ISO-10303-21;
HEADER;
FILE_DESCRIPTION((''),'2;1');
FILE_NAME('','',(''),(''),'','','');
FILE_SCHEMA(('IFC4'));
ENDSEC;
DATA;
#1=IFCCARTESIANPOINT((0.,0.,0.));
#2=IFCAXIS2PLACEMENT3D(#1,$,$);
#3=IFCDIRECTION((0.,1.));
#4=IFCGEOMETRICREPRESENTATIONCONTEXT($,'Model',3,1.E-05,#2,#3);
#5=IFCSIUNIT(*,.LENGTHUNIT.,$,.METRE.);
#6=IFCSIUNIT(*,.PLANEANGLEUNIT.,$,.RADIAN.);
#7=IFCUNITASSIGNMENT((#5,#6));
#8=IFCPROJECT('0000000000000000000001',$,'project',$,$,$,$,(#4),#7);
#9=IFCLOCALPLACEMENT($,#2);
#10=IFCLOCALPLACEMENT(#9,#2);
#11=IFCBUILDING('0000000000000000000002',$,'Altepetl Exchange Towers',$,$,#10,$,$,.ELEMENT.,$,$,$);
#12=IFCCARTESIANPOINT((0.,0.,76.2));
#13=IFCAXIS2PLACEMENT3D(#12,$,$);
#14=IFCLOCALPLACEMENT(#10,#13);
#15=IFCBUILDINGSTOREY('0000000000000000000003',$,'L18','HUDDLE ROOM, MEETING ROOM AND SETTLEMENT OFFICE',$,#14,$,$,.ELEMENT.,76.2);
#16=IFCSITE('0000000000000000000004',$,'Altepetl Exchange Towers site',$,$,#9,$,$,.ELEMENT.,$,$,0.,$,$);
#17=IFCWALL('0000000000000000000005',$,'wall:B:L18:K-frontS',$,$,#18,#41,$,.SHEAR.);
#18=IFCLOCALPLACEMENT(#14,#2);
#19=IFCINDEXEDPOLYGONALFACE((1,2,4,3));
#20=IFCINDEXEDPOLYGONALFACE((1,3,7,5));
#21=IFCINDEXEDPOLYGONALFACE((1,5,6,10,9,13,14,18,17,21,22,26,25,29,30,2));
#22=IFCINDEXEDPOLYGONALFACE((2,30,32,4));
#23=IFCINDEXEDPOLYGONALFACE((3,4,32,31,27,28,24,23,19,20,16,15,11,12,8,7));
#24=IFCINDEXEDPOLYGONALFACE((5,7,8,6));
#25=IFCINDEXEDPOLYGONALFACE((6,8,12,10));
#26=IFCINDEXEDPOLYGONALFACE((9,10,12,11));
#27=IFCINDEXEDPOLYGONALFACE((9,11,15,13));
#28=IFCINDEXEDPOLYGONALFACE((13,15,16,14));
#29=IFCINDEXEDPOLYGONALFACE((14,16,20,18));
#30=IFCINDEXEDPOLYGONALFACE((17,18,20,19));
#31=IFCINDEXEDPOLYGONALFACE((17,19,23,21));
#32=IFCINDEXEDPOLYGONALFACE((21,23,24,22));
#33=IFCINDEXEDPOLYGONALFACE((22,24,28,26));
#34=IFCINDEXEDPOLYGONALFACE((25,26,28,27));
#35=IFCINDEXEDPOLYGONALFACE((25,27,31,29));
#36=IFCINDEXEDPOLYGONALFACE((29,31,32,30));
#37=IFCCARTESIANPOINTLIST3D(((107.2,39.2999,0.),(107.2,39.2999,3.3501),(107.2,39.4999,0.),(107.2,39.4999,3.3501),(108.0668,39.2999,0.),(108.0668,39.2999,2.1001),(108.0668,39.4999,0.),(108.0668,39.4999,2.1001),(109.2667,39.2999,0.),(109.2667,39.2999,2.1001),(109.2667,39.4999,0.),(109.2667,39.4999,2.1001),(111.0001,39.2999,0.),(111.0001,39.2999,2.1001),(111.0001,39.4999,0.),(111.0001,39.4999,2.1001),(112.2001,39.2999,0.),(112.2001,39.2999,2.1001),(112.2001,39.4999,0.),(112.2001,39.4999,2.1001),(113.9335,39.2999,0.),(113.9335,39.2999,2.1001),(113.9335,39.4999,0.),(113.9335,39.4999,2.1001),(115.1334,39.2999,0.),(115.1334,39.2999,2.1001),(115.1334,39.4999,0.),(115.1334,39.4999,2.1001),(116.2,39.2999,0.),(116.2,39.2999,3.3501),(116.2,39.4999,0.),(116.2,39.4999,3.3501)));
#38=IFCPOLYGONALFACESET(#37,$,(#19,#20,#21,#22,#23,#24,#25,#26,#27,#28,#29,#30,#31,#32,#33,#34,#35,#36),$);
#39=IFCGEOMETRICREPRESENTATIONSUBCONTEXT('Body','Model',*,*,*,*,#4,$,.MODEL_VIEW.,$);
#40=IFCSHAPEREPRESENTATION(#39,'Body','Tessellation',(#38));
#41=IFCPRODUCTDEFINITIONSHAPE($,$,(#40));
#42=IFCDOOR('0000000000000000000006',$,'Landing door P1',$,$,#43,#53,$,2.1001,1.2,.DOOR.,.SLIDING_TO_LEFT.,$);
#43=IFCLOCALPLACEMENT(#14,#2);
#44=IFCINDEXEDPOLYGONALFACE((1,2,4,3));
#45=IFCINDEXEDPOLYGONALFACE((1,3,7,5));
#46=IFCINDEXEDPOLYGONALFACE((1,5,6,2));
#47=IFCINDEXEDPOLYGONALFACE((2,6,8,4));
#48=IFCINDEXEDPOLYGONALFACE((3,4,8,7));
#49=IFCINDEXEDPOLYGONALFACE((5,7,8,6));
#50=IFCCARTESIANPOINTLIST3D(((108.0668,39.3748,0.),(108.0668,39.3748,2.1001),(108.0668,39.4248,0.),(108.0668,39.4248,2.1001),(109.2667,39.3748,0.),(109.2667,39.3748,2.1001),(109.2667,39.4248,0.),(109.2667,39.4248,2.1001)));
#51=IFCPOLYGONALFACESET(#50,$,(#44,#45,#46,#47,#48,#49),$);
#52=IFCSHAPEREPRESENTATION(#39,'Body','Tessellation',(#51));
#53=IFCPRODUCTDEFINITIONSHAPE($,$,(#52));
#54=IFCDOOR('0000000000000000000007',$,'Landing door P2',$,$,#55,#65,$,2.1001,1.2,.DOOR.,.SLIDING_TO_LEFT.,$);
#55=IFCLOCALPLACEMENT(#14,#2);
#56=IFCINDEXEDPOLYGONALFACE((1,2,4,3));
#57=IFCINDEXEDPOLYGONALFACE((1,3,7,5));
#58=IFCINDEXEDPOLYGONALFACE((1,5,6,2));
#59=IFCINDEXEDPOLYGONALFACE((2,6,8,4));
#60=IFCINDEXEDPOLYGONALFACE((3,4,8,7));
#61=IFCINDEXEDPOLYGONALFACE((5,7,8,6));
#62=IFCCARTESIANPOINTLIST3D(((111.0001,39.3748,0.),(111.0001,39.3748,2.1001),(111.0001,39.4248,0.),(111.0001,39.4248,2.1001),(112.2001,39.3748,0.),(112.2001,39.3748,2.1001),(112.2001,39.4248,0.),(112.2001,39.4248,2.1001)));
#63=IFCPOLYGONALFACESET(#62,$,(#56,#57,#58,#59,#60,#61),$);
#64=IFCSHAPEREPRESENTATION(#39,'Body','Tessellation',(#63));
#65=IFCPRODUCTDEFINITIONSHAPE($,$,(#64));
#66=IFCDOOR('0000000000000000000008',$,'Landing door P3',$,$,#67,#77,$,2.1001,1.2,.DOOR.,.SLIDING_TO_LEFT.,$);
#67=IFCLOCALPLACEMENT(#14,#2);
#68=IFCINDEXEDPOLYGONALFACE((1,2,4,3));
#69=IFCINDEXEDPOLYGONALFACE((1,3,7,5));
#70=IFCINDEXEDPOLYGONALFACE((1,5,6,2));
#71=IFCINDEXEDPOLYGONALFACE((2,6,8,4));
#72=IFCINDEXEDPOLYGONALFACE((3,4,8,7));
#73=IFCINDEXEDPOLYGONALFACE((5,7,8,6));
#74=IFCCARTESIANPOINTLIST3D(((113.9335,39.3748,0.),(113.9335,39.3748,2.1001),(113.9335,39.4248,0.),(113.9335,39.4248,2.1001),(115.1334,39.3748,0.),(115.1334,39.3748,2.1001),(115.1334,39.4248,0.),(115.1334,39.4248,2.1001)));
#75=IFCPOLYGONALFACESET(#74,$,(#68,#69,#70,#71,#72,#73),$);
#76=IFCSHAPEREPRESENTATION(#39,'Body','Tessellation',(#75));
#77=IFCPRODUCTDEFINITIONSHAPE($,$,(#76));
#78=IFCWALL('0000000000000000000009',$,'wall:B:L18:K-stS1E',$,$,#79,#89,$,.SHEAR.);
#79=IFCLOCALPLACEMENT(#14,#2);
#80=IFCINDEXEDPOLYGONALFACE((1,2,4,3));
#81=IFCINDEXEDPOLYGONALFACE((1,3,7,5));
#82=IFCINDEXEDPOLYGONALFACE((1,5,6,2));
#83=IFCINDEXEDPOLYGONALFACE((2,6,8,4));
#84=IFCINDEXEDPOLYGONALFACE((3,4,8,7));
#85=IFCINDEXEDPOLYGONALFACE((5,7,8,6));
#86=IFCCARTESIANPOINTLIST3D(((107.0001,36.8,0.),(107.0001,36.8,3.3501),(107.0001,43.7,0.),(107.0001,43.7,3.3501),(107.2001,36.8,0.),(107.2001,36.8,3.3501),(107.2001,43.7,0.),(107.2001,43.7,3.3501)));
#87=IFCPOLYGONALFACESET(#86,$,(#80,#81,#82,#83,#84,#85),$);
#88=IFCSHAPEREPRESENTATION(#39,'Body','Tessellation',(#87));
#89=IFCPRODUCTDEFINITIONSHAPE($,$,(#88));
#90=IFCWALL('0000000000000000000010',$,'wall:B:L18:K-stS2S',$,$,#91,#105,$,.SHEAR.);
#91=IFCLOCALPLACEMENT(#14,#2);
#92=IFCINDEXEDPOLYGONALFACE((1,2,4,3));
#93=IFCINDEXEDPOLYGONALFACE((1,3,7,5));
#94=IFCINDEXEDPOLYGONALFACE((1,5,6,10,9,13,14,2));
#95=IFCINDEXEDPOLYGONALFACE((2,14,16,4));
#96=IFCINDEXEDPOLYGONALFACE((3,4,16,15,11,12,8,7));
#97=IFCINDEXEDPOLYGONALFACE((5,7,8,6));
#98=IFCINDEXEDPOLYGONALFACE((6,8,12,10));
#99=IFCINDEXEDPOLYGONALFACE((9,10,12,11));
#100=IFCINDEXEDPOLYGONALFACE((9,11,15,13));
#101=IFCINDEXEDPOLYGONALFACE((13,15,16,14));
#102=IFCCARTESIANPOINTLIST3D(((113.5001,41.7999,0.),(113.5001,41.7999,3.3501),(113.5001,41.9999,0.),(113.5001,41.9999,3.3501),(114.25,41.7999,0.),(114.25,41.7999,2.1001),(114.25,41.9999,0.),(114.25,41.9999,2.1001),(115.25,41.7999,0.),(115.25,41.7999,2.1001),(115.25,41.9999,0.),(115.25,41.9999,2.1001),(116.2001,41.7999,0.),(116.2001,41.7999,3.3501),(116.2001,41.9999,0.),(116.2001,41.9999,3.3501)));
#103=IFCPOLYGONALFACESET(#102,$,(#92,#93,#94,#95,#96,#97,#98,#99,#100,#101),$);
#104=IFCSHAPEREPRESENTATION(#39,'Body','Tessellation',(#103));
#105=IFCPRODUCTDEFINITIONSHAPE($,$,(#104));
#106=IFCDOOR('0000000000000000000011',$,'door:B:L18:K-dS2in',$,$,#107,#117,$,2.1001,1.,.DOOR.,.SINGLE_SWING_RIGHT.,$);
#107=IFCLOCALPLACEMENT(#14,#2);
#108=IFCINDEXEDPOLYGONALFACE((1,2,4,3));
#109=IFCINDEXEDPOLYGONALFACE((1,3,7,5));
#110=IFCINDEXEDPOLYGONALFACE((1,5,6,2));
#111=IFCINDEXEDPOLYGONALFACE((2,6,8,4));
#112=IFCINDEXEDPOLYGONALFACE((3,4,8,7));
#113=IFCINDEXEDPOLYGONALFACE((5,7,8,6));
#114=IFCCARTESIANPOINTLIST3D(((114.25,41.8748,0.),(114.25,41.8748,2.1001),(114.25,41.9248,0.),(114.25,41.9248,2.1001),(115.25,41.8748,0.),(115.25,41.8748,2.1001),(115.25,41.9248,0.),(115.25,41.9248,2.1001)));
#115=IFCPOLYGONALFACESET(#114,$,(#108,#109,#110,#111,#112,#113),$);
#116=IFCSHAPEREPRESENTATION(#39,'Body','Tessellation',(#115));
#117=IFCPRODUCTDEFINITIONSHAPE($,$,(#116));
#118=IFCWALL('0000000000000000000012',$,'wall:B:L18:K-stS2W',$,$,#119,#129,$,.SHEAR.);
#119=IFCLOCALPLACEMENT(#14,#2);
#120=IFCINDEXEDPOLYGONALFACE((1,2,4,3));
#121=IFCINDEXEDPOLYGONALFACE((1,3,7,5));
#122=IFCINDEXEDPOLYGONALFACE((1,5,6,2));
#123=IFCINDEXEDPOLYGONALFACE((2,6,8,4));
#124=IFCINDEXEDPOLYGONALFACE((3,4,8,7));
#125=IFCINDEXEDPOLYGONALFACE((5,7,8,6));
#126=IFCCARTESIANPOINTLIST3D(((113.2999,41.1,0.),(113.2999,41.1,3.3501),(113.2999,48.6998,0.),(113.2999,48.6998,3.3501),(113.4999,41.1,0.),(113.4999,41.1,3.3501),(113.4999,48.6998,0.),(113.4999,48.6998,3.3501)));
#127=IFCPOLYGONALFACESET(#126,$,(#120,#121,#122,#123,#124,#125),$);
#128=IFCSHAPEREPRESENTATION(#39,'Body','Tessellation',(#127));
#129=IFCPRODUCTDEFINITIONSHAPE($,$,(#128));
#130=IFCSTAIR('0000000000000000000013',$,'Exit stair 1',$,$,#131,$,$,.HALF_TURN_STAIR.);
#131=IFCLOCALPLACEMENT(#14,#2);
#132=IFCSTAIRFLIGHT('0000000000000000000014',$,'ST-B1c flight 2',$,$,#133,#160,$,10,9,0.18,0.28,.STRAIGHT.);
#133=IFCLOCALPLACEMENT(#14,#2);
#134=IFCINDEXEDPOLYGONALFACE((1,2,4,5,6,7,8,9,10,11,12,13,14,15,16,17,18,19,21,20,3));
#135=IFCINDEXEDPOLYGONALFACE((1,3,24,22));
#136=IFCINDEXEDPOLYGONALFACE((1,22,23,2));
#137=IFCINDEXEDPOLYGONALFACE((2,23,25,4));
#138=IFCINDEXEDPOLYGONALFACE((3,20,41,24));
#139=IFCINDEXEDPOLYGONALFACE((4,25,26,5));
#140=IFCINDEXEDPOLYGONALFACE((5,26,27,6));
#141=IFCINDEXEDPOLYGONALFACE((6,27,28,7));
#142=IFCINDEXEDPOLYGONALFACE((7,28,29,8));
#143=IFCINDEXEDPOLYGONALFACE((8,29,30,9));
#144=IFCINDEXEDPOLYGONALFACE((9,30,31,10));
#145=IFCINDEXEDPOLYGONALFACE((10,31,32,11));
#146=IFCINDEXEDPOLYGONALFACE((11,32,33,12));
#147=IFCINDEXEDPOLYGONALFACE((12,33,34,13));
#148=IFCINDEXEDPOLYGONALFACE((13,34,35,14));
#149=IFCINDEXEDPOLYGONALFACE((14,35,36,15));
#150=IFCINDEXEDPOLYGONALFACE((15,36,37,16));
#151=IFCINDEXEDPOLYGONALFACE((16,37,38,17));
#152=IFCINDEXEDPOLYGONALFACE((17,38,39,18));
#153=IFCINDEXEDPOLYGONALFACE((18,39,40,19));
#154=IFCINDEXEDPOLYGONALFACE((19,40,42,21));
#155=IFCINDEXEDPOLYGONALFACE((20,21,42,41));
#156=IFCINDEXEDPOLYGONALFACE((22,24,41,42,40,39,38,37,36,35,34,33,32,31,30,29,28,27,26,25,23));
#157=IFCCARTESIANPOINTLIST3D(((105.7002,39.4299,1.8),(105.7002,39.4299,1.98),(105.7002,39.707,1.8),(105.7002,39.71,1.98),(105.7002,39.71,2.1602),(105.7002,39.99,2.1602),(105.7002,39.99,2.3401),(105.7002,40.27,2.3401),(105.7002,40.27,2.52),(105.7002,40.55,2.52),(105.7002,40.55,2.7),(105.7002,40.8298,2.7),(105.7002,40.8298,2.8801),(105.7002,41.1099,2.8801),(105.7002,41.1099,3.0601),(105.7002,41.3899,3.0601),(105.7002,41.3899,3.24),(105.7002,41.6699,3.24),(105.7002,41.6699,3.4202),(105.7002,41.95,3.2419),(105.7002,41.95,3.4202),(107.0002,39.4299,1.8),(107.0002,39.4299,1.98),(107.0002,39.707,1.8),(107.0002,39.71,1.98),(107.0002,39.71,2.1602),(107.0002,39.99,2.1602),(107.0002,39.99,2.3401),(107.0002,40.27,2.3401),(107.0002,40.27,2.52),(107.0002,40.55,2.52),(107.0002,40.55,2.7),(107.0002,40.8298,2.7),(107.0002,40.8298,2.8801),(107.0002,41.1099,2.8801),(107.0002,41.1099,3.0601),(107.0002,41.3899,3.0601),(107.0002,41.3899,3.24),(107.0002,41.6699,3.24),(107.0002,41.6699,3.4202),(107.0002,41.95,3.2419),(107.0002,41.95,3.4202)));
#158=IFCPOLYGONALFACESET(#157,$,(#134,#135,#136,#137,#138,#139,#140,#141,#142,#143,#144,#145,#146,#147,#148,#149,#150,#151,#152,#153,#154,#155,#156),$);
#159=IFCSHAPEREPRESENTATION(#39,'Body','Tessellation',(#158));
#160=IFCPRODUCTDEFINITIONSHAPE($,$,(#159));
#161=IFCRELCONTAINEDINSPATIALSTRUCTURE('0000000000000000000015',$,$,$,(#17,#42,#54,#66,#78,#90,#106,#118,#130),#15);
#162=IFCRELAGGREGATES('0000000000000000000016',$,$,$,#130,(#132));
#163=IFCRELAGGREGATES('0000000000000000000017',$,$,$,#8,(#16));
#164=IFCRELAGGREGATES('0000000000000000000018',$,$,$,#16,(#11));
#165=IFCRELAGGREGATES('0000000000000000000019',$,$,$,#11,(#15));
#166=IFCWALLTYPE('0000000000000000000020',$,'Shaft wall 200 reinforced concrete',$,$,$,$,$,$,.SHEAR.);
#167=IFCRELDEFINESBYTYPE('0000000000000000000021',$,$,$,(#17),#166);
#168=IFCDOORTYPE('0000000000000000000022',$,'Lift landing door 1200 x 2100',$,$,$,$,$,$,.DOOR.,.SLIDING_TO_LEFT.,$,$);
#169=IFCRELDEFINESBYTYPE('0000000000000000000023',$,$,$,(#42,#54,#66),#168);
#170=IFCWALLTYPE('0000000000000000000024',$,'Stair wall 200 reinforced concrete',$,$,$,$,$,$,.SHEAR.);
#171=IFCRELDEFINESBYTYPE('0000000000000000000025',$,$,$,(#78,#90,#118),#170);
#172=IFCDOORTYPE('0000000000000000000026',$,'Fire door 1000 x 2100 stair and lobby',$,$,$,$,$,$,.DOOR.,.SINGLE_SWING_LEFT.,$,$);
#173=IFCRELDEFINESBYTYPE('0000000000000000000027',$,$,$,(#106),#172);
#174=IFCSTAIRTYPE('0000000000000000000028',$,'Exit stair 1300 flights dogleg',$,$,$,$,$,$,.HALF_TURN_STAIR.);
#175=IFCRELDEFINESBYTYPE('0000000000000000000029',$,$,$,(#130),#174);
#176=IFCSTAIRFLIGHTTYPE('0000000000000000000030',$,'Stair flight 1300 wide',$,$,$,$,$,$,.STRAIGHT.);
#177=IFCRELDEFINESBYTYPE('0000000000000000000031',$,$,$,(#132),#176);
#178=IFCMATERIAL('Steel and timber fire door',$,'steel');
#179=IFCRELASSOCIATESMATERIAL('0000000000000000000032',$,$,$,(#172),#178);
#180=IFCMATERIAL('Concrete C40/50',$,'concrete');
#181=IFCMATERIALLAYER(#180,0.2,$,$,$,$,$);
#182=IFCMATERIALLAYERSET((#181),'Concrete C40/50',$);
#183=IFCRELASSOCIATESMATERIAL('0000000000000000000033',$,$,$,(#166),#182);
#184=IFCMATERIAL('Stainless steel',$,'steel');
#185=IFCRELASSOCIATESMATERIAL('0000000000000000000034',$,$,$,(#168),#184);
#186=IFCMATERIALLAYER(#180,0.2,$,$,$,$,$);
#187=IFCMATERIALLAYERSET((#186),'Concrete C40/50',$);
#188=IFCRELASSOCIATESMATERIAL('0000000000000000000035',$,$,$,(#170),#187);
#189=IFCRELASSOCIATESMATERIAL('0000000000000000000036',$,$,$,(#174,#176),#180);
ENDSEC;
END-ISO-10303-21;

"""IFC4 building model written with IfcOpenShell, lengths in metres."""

from ifc_helpers import new_model, si_unit, direction, frame, frame_2d, origin, place, context, subcontext, project, spatial, polyline, rectangle, outline, extrude, material, layer, layer_set, type_object, element, fill, aggregate, save


model = new_model("IFC4")

# Units and contexts
model_context = context("Model", 3, precision=1e-05, world=origin(), true_north=direction((0.0, 1.0)))
body_context = subcontext(model_context, "Body", "Model", "MODEL_VIEW")
ifc_project = project(units=[si_unit("LENGTHUNIT", "METRE"), si_unit("PLANEANGLEUNIT", "RADIAN")], contexts=[model_context])

# Site, building, storey
site_placement = place(None, origin())
site = spatial("IfcSite", under=ifc_project, at=site_placement, Name="Altepetl Exchange Towers site", CompositionType="ELEMENT", RefElevation=0.0)
building_placement = place(site_placement, origin())
building = spatial("IfcBuilding", under=site, at=building_placement, Name="Altepetl Exchange Towers", CompositionType="ELEMENT")
storey_placement = place(building_placement, frame((0.0, 0.0, 76.2)))
storey = spatial("IfcBuildingStorey", under=building, at=storey_placement, Name="L18", Description="HUDDLE ROOM, MEETING ROOM AND SETTLEMENT OFFICE", CompositionType="ELEMENT", Elevation=76.2)

# Shared definitions
ifc_material_1 = material(Name="Steel and timber fire door", Category="steel")
door_type_1 = type_object("IfcDoorType", Name="Fire door 1000 x 2100 stair and lobby", OperationType="SINGLE_SWING_LEFT", PredefinedType="DOOR", material=ifc_material_1)

# Shared definitions
ifc_material_2 = material(Name="Concrete C40/50", Category="concrete")
ifc_layer_1 = layer(ifc_material_2, 0.2)
ifc_layer_set_1 = layer_set([ifc_layer_1], Name="Concrete C40/50")
wall_type_1 = type_object("IfcWallType", Name="Shaft wall 200 reinforced concrete", PredefinedType="SHEAR", material=ifc_layer_set_1)

# Wall, openings, doors
wall_1_placement = place(storey_placement, frame((107.2, 39.3999, 0.0)))
wall_1 = element("IfcWall", 1, at=wall_1_placement, inside=storey, type_object=wall_type_1, Name="wall:B:L18:K-frontS", PredefinedType="SHEAR", context=body_context, shape_type="SweptSolid", body=[
    extrude(rectangle(XDim=9.0, YDim=0.2, at=frame_2d((4.5, 0.0))), origin(), (0.0, 0.0, 1.0), 3.3501),
])
opening_1_placement = place(wall_1_placement, frame((0.8667, 0.0, 0.0)))
opening_1 = element("IfcOpeningElement", 2, at=opening_1_placement, cuts=wall_1, PredefinedType="OPENING", context=body_context, shape_type="SweptSolid", body=[
    extrude(rectangle(XDim=1.2, YDim=2.1001, at=frame_2d((0.6001, 1.05))), frame((0.0, 0.1099, 0.0), z_axis=(0.0, -1.0, 0.0), x_axis=(1.0, 0.0, 0.0)), (0.0, 0.0, 1.0), 0.22),
])
opening_2_placement = place(wall_1_placement, frame((3.8, 0.0, 0.0)))
opening_2 = element("IfcOpeningElement", 3, at=opening_2_placement, cuts=wall_1, PredefinedType="OPENING", context=body_context, shape_type="SweptSolid", body=[
    extrude(rectangle(XDim=1.2, YDim=2.1001, at=frame_2d((0.6001, 1.05))), frame((0.0, 0.1099, 0.0), z_axis=(0.0, -1.0, 0.0), x_axis=(1.0, 0.0, 0.0)), (0.0, 0.0, 1.0), 0.22),
])
opening_3_placement = place(wall_1_placement, frame((6.7334, 0.0, 0.0)))
opening_3 = element("IfcOpeningElement", 4, at=opening_3_placement, cuts=wall_1, PredefinedType="OPENING", context=body_context, shape_type="SweptSolid", body=[
    extrude(rectangle(XDim=1.2, YDim=2.1001, at=frame_2d((0.6001, 1.05))), frame((0.0, 0.1099, 0.0), z_axis=(0.0, -1.0, 0.0), x_axis=(1.0, 0.0, 0.0)), (0.0, 0.0, 1.0), 0.22),
])
ifc_material_3 = material(Name="Stainless steel", Category="steel")
door_type_2 = type_object("IfcDoorType", Name="Lift landing door 1200 x 2100", OperationType="SLIDING_TO_LEFT", PredefinedType="DOOR", material=ifc_material_3)
door_1_placement = place(opening_1_placement, origin())
door_1 = element("IfcDoor", 5, at=door_1_placement, inside=storey, type_object=door_type_2, Name="Landing door P1", OperationType="SLIDING_TO_LEFT", OverallHeight=2.1001, OverallWidth=1.2, PredefinedType="DOOR", context=body_context, shape_type="SweptSolid", body=[
    extrude(rectangle(XDim=1.2, YDim=2.1001, at=frame_2d((0.6001, 1.05))), frame((0.0, 0.0249, 0.0), z_axis=(0.0, -1.0, 0.0), x_axis=(1.0, 0.0, 0.0)), (0.0, 0.0, 1.0), 0.05),
])
fill(opening_1, door_1)
door_2_placement = place(opening_2_placement, origin())
door_2 = element("IfcDoor", 6, at=door_2_placement, inside=storey, type_object=door_type_2, Name="Landing door P2", OperationType="SLIDING_TO_LEFT", OverallHeight=2.1001, OverallWidth=1.2, PredefinedType="DOOR", context=body_context, shape_type="SweptSolid", body=[
    extrude(rectangle(XDim=1.2, YDim=2.1001, at=frame_2d((0.6001, 1.05))), frame((0.0, 0.0249, 0.0), z_axis=(0.0, -1.0, 0.0), x_axis=(1.0, 0.0, 0.0)), (0.0, 0.0, 1.0), 0.05),
])
fill(opening_2, door_2)
door_3_placement = place(opening_3_placement, origin())
door_3 = element("IfcDoor", 7, at=door_3_placement, inside=storey, type_object=door_type_2, Name="Landing door P3", OperationType="SLIDING_TO_LEFT", OverallHeight=2.1001, OverallWidth=1.2, PredefinedType="DOOR", context=body_context, shape_type="SweptSolid", body=[
    extrude(rectangle(XDim=1.2, YDim=2.1001, at=frame_2d((0.6001, 1.05))), frame((0.0, 0.0249, 0.0), z_axis=(0.0, -1.0, 0.0), x_axis=(1.0, 0.0, 0.0)), (0.0, 0.0, 1.0), 0.05),
])
fill(opening_3, door_3)

# Wall
ifc_layer_2 = layer(ifc_material_2, 0.2)
ifc_layer_set_2 = layer_set([ifc_layer_2], Name="Concrete C40/50")
wall_type_2 = type_object("IfcWallType", Name="Stair wall 200 reinforced concrete", PredefinedType="SHEAR", material=ifc_layer_set_2)
wall_2_placement = place(storey_placement, frame((107.1001, 36.8, 0.0), z_axis=(0.0, 0.0, 1.0), x_axis=(0.0, 1.0, 0.0)))
element("IfcWall", 8, at=wall_2_placement, inside=storey, type_object=wall_type_2, Name="wall:B:L18:K-stS1E", PredefinedType="SHEAR", context=body_context, shape_type="SweptSolid", body=[
    extrude(rectangle(XDim=6.8999, YDim=0.2, at=frame_2d((3.45, 0.0))), origin(), (0.0, 0.0, 1.0), 3.3501),
])

# Wall, opening, door
wall_3_placement = place(storey_placement, frame((113.5, 41.8999, 0.0)))
wall_3 = element("IfcWall", 9, at=wall_3_placement, inside=storey, type_object=wall_type_2, Name="wall:B:L18:K-stS2S", PredefinedType="SHEAR", context=body_context, shape_type="SweptSolid", body=[
    extrude(rectangle(XDim=2.7, YDim=0.2, at=frame_2d((1.3501, 0.0))), origin(), (0.0, 0.0, 1.0), 3.3501),
])
opening_4_placement = place(wall_3_placement, frame((0.75, 0.0, 0.0)))
opening_4 = element("IfcOpeningElement", 10, at=opening_4_placement, cuts=wall_3, PredefinedType="OPENING", context=body_context, shape_type="SweptSolid", body=[
    extrude(rectangle(XDim=1.0, YDim=2.1001, at=frame_2d((0.5, 1.05))), frame((0.0, 0.1099, 0.0), z_axis=(0.0, -1.0, 0.0), x_axis=(1.0, 0.0, 0.0)), (0.0, 0.0, 1.0), 0.22),
])
door_4_placement = place(opening_4_placement, origin())
door_4 = element("IfcDoor", 11, at=door_4_placement, inside=storey, type_object=door_type_1, Name="door:B:L18:K-dS2in", OperationType="SINGLE_SWING_RIGHT", OverallHeight=2.1001, OverallWidth=1.0, PredefinedType="DOOR", context=body_context, shape_type="SweptSolid", body=[
    extrude(rectangle(XDim=1.0, YDim=2.1001, at=frame_2d((0.5, 1.05))), frame((0.0, 0.0249, 0.0), z_axis=(0.0, -1.0, 0.0), x_axis=(1.0, 0.0, 0.0)), (0.0, 0.0, 1.0), 0.05),
])
fill(opening_4, door_4)

# Wall
wall_4_placement = place(storey_placement, frame((113.3999, 41.1001, 0.0), z_axis=(0.0, 0.0, 1.0), x_axis=(0.0, 1.0, 0.0)))
element("IfcWall", 12, at=wall_4_placement, inside=storey, type_object=wall_type_2, Name="wall:B:L18:K-stS2W", PredefinedType="SHEAR", context=body_context, shape_type="SweptSolid", body=[
    extrude(rectangle(XDim=7.5999, YDim=0.2, at=frame_2d((3.7998, 0.0))), origin(), (0.0, 0.0, 1.0), 3.3501),
])

# Stair, stair flight
stair_type = type_object("IfcStairType", Name="Exit stair 1300 flights dogleg", PredefinedType="HALF_TURN_STAIR", material=ifc_material_2)
stair_placement = place(storey_placement, origin())
stair = element("IfcStair", 13, at=stair_placement, inside=storey, type_object=stair_type, Name="Exit stair 1", PredefinedType="HALF_TURN_STAIR")
stair_flight_type = type_object("IfcStairFlightType", Name="Stair flight 1300 wide", PredefinedType="STRAIGHT", material=ifc_material_2)
stair_flight_placement = place(storey_placement, frame((106.3501, 39.4299, 1.8), z_axis=(0.0, 0.0, 1.0), x_axis=(0.0, 1.0, 0.0)))
stair_flight = element("IfcStairFlight", 14, at=stair_flight_placement, type_object=stair_flight_type, Name="ST-B1c flight 2", NumberOfRisers=10, NumberOfTreads=9, PredefinedType="STRAIGHT", RiserHeight=0.18, TreadLength=0.28, context=body_context, shape_type="SweptSolid", body=[
    extrude(outline(polyline([(0.0, 0.0), (0.0, 0.1799), (0.28, 0.1799), (0.28, 0.3601), (0.5601, 0.3601), (0.5601, 0.54), (0.8401, 0.54), (0.8401, 0.72), (1.1201, 0.72), (1.1201, 0.8999), (1.3999, 0.8999), (1.3999, 1.0801), (1.6799, 1.0801), (1.6799, 1.26), (1.96, 1.26), (1.96, 1.4399), (2.24, 1.4399), (2.24, 1.6201), (2.52, 1.6201), (2.52, 1.8), (2.52, 1.4419), (0.2771, 0.0), (0.0, 0.0)])), frame((0.0, 0.6499, 0.0), z_axis=(0.0, -1.0, 0.0), x_axis=(1.0, 0.0, 0.0)), (0.0, 0.0, 1.0), 1.3),
])
aggregate(stair, [stair_flight])

save(model, "model.ifc")
